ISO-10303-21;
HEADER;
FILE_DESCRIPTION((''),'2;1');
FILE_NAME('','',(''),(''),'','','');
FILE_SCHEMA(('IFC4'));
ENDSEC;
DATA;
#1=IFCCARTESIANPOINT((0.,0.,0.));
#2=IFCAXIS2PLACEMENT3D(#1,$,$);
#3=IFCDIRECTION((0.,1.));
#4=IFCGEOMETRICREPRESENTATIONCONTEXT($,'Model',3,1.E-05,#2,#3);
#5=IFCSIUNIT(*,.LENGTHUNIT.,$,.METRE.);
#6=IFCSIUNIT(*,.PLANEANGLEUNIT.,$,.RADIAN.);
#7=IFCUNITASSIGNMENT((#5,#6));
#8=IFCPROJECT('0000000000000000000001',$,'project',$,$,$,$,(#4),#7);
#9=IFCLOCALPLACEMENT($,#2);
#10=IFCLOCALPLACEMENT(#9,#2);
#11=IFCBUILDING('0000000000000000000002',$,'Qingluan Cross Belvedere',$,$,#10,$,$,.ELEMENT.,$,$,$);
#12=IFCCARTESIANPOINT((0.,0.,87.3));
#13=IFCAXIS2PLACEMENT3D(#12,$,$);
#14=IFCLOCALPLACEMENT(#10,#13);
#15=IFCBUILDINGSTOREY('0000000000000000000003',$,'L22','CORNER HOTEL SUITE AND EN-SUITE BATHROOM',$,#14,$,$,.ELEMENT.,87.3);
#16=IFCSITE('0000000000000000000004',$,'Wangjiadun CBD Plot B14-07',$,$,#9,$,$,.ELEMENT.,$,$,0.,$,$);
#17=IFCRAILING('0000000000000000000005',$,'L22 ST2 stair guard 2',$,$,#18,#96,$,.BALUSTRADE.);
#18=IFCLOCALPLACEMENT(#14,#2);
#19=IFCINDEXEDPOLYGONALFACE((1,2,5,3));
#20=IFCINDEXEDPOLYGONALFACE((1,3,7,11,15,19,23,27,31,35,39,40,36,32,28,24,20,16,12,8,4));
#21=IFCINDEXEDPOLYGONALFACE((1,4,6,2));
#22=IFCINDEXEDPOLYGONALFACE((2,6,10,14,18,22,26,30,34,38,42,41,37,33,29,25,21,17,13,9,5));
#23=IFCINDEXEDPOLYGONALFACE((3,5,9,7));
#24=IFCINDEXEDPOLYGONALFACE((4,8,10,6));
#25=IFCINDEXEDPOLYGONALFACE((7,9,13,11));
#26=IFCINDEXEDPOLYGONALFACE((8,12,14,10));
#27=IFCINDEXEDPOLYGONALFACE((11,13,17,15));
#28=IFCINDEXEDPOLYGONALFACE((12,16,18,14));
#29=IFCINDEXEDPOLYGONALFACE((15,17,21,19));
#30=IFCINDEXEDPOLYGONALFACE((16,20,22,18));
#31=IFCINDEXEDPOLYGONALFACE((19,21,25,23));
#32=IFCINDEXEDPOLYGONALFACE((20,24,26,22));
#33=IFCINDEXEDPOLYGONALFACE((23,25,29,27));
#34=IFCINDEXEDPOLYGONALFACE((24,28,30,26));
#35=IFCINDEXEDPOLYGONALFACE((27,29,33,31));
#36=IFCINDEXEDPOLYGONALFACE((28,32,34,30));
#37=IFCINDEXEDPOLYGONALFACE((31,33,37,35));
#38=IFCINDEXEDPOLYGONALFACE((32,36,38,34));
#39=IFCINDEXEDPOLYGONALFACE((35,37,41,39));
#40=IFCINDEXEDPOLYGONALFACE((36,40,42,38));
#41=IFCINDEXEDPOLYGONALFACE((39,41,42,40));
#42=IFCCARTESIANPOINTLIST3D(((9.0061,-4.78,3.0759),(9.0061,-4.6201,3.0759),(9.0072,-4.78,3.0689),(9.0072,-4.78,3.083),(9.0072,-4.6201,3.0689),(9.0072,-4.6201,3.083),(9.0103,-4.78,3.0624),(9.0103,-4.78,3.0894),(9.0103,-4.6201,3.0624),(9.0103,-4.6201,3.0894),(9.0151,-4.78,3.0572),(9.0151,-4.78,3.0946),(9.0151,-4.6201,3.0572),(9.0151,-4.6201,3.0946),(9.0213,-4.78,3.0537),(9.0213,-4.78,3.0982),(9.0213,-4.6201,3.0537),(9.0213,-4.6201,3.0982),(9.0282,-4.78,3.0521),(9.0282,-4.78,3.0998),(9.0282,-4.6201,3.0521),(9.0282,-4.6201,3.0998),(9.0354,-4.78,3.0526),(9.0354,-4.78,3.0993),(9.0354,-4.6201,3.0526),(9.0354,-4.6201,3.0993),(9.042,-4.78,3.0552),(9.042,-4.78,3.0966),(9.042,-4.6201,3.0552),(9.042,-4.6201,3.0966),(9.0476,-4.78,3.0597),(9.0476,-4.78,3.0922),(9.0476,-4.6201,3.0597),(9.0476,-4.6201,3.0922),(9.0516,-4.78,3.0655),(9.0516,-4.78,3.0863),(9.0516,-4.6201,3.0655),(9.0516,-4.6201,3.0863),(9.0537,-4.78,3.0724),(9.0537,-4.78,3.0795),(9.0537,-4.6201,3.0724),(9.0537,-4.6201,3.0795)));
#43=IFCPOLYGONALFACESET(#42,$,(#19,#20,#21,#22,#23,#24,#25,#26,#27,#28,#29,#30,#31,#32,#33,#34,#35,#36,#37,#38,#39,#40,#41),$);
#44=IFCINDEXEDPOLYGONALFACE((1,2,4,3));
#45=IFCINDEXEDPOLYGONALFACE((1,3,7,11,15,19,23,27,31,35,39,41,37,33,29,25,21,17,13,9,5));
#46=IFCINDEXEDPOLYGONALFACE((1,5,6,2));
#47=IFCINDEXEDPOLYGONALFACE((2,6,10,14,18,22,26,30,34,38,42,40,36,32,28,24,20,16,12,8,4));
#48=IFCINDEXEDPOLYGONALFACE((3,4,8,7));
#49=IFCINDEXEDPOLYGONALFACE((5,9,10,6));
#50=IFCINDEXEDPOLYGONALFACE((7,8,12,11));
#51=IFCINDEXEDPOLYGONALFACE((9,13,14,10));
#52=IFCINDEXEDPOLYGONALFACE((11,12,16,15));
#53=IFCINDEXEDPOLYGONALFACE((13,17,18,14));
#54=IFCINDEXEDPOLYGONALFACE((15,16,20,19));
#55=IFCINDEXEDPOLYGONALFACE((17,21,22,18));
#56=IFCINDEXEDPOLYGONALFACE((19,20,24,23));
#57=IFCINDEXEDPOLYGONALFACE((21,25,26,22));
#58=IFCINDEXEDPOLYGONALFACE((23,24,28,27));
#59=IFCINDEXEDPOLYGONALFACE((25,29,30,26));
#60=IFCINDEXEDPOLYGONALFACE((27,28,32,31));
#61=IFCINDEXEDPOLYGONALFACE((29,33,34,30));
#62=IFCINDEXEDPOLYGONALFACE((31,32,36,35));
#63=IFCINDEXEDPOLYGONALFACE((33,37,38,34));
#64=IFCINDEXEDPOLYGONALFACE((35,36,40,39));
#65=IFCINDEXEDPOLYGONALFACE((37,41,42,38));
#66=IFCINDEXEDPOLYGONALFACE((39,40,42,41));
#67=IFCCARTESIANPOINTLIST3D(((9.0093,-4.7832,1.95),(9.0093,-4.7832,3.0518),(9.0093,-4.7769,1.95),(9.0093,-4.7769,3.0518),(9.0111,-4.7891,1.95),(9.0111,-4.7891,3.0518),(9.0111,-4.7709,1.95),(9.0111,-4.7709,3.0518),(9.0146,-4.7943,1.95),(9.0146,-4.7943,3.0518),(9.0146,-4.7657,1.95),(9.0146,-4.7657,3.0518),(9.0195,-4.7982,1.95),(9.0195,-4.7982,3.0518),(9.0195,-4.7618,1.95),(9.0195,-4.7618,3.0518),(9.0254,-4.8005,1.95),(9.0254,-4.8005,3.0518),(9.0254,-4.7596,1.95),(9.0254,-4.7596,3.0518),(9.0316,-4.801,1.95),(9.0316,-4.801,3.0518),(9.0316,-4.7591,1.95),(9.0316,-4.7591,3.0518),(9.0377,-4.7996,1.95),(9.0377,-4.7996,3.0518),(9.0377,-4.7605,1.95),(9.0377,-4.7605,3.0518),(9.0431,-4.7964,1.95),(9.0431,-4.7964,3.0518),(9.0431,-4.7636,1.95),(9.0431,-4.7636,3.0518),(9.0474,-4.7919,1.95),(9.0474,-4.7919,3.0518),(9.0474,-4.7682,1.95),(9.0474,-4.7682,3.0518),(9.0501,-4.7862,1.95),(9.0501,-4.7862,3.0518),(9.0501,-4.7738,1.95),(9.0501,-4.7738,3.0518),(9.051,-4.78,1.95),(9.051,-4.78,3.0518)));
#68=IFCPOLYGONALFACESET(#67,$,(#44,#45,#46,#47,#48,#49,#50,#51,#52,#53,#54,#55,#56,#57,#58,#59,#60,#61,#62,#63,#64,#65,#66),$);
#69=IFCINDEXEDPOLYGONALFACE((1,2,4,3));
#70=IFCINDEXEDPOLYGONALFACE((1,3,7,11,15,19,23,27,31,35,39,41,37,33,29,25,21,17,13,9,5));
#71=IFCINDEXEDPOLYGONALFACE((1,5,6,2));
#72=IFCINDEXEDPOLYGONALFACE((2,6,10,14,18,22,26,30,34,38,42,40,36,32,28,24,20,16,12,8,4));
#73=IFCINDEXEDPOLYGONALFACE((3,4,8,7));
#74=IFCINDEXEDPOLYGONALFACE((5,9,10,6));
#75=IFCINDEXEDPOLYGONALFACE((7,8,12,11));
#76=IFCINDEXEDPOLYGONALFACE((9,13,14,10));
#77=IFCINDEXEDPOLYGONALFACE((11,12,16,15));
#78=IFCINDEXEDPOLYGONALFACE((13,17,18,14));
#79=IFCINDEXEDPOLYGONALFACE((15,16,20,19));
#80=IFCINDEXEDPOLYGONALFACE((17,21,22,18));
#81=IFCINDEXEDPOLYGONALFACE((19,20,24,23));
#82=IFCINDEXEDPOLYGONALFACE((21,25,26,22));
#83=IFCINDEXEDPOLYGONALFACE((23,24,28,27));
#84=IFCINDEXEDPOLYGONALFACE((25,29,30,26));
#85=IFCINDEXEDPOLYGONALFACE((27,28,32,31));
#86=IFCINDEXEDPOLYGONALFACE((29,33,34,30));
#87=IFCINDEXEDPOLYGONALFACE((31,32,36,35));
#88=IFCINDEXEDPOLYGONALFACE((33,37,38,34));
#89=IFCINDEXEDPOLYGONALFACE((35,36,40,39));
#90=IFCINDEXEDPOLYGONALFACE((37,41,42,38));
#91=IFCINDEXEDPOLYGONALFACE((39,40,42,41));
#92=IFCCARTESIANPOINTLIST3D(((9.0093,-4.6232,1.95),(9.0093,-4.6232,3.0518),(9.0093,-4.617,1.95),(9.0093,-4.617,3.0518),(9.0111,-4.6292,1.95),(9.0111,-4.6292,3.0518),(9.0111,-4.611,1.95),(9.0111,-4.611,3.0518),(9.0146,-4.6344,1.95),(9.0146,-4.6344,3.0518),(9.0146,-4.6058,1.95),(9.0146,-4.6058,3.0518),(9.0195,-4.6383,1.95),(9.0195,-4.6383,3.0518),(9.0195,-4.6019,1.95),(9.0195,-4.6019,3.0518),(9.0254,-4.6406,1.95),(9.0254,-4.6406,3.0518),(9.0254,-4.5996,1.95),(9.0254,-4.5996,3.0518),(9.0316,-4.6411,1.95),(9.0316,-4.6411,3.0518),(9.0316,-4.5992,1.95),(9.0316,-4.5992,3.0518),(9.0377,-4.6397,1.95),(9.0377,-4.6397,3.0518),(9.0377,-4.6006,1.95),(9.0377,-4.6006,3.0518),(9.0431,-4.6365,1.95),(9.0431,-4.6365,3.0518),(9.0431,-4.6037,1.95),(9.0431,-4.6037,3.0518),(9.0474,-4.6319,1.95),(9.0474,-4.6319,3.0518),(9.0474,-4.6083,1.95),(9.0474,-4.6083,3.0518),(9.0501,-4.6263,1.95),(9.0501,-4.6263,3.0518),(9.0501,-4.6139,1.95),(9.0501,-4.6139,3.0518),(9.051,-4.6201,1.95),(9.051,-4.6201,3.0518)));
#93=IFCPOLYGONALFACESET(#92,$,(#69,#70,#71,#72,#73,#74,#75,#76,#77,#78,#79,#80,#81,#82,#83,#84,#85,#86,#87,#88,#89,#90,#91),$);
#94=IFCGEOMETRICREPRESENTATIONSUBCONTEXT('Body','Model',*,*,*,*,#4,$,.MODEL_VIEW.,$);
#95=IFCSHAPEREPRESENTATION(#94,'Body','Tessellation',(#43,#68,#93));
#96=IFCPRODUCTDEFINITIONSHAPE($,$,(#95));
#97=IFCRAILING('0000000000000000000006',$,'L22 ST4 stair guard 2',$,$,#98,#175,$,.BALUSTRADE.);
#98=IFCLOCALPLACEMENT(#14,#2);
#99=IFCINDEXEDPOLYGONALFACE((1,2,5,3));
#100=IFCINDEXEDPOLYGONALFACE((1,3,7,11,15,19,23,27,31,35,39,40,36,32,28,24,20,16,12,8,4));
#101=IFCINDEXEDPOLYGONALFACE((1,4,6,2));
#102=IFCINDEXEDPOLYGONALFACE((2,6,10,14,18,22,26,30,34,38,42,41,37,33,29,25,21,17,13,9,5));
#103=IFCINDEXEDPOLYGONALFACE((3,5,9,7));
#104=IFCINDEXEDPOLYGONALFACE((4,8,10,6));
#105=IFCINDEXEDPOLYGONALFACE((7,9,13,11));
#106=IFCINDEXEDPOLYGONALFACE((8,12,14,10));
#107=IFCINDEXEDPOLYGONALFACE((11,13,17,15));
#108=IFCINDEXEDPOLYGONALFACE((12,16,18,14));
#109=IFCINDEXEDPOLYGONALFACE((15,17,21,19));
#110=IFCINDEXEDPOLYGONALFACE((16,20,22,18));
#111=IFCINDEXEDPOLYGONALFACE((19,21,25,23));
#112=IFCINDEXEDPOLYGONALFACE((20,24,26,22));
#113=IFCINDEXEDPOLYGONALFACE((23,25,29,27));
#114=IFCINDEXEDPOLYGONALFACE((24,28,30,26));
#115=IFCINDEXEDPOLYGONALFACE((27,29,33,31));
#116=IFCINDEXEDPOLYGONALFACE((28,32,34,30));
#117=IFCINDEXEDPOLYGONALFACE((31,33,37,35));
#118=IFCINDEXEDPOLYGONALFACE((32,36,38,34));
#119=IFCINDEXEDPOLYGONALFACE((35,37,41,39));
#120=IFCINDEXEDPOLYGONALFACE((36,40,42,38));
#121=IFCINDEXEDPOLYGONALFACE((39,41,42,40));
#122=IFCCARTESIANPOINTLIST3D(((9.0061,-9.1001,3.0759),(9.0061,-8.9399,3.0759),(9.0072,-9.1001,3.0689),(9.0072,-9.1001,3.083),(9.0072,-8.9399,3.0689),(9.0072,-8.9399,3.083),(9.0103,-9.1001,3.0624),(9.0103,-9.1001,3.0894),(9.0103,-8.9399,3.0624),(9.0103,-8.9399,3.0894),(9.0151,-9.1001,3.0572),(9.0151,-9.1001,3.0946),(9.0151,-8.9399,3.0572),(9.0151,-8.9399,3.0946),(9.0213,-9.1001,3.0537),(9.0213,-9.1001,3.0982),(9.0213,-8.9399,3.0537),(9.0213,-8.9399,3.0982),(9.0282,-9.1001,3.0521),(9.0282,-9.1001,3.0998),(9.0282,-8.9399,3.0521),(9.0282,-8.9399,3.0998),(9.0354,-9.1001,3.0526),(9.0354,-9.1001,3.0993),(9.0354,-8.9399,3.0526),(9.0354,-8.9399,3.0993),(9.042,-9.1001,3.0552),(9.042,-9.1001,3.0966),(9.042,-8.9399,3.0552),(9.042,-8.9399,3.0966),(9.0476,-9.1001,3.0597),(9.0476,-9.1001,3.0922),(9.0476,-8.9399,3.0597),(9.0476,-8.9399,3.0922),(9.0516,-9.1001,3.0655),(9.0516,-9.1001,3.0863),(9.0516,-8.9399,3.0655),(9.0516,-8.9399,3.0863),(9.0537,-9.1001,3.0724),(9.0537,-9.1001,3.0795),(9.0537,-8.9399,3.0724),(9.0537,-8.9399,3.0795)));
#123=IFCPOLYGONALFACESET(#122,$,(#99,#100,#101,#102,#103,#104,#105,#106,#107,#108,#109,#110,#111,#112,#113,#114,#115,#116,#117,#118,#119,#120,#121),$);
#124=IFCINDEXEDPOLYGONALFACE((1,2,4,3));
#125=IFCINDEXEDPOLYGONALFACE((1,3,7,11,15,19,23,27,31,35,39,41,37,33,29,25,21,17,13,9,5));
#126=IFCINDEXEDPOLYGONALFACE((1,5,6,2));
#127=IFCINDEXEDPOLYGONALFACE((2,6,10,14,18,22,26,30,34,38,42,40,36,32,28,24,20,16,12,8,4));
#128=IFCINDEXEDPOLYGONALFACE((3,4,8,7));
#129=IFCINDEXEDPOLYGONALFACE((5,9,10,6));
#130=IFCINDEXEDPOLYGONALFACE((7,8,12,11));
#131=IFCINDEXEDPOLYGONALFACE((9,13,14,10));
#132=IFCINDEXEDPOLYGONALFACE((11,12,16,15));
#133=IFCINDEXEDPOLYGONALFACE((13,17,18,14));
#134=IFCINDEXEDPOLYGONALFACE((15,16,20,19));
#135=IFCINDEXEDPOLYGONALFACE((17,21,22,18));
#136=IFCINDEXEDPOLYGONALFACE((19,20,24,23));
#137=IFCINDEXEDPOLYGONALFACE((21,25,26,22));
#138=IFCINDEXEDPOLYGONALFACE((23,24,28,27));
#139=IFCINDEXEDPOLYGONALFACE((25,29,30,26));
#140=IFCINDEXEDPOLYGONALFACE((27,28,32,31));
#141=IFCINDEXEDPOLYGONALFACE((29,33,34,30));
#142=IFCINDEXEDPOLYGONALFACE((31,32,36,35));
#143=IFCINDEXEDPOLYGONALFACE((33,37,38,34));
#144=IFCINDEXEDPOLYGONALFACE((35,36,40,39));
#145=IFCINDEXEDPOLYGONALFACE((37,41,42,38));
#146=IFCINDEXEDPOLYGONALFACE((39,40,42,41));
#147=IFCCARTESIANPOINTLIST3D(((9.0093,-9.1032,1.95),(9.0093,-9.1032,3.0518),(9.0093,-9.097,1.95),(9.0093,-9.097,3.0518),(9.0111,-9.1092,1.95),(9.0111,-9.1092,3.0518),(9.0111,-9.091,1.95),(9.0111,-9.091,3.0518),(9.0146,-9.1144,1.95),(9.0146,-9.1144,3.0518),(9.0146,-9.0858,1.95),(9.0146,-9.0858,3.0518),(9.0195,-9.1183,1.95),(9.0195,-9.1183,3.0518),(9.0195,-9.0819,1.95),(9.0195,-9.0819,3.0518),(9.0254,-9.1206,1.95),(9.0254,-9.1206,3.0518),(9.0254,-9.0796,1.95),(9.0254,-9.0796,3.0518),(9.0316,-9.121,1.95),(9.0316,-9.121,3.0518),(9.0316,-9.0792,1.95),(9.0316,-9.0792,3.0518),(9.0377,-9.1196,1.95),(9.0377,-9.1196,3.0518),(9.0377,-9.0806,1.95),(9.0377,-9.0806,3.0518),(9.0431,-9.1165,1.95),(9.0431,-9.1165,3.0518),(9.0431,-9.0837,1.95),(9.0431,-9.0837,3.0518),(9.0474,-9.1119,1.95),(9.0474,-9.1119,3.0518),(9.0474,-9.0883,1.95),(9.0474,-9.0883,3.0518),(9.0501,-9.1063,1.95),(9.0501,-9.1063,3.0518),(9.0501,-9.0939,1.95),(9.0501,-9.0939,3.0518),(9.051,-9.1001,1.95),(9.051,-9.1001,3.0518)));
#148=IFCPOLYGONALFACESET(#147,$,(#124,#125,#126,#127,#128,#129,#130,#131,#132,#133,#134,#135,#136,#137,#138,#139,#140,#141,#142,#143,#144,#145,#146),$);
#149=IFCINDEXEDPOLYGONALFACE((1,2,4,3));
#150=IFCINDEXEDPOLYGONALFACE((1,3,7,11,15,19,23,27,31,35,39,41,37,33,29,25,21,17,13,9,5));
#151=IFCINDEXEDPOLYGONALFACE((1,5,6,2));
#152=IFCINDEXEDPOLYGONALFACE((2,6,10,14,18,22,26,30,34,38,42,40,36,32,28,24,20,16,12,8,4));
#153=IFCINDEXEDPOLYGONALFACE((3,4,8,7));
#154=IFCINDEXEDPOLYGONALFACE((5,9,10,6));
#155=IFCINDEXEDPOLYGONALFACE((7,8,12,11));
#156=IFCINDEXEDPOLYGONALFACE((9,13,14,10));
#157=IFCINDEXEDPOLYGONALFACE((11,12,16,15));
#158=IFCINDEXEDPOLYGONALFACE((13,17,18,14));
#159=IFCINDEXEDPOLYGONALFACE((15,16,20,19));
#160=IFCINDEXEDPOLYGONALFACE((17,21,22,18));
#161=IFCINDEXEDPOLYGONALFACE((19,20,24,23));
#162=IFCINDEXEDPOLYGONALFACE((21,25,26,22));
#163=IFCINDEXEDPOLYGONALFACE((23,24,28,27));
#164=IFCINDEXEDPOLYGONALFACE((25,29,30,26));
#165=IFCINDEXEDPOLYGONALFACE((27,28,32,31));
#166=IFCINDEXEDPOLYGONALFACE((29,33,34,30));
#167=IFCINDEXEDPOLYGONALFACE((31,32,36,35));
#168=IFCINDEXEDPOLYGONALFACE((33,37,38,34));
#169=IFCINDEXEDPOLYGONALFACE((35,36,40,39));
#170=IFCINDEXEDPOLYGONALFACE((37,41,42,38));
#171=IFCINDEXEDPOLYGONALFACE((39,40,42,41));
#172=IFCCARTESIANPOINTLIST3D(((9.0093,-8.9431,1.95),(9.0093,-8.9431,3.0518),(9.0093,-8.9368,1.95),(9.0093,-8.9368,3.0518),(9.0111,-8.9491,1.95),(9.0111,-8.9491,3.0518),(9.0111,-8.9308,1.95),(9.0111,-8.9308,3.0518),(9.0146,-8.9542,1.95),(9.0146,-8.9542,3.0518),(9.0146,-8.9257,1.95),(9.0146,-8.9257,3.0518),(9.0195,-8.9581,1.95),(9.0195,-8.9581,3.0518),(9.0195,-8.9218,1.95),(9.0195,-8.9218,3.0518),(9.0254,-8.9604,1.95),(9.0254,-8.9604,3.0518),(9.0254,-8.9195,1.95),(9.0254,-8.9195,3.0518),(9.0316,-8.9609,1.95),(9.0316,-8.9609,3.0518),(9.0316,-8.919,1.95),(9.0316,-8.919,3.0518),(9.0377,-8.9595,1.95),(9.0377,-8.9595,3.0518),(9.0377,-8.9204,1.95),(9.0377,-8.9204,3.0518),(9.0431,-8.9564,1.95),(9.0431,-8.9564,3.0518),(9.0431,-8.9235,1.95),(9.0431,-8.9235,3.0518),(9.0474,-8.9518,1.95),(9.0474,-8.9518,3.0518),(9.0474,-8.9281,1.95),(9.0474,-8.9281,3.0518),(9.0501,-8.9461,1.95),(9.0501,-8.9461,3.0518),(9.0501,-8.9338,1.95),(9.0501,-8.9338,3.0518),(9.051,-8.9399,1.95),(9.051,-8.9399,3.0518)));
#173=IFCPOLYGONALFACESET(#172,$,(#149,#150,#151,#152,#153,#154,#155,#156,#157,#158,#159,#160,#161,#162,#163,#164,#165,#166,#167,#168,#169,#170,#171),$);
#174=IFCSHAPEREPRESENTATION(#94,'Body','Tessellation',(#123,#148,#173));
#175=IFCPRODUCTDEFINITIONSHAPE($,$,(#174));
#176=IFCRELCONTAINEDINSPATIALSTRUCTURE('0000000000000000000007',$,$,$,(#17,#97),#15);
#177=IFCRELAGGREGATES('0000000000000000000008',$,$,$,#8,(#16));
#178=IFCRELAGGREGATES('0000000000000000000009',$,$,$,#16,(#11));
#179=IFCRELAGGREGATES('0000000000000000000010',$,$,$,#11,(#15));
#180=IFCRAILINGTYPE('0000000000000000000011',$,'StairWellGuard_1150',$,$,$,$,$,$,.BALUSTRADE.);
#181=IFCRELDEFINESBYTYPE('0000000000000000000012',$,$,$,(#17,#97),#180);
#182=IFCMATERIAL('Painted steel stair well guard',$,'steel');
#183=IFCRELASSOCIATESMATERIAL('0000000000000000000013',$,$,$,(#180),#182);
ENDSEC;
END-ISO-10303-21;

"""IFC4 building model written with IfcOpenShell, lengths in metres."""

from ifc_helpers import new_model, si_unit, direction, frame, origin, origin_2d, place, context, subcontext, project, spatial, circle, extrude, material, type_object, element, save


model = new_model("IFC4")

# Units and contexts
model_context = context("Model", 3, precision=1e-05, world=origin(), true_north=direction((0.0, 1.0)))
body_context = subcontext(model_context, "Body", "Model", "MODEL_VIEW")
ifc_project = project(units=[si_unit("LENGTHUNIT", "METRE"), si_unit("PLANEANGLEUNIT", "RADIAN")], contexts=[model_context])

# Site, building, storey
site_placement = place(None, origin())
site = spatial("IfcSite", under=ifc_project, at=site_placement, Name="Wangjiadun CBD Plot B14-07", CompositionType="ELEMENT", RefElevation=0.0)
building_placement = place(site_placement, origin())
building = spatial("IfcBuilding", under=site, at=building_placement, Name="Qingluan Cross Belvedere", CompositionType="ELEMENT")
storey_placement = place(building_placement, frame((0.0, 0.0, 87.3)))
storey = spatial("IfcBuildingStorey", under=building, at=storey_placement, Name="L22", Description="CORNER HOTEL SUITE AND EN-SUITE BATHROOM", CompositionType="ELEMENT", Elevation=87.3)

# Railings
ifc_material_1 = material(Name="Painted steel stair well guard", Category="steel")
railing_type_1 = type_object("IfcRailingType", Name="StairWellGuard_1150", PredefinedType="BALUSTRADE", material=ifc_material_1)
railing_1_placement = place(storey_placement, frame((9.03, -4.78, 1.95)))
element("IfcRailing", 1, at=railing_1_placement, inside=storey, type_object=railing_type_1, Name="L22 ST2 stair guard 2", PredefinedType="BALUSTRADE", context=body_context, shape_type="SweptSolid", body=[
    extrude(circle(Radius=0.0239, at=origin_2d()), frame((0.0, 0.0, 1.126), z_axis=(0.0, 1.0, 0.0), x_axis=(-1.0, 0.0, 0.0)), (0.0, 0.0, 1.0), 0.1599),
    extrude(circle(Radius=0.021, at=origin_2d()), origin(), (0.0, 0.0, 1.0), 1.1018),
    extrude(circle(Radius=0.021, at=origin_2d()), frame((0.0, 0.1599, 0.0)), (0.0, 0.0, 1.0), 1.1018),
])
railing_2_placement = place(storey_placement, frame((9.03, -9.1001, 1.95)))
element("IfcRailing", 2, at=railing_2_placement, inside=storey, type_object=railing_type_1, Name="L22 ST4 stair guard 2", PredefinedType="BALUSTRADE", context=body_context, shape_type="SweptSolid", body=[
    extrude(circle(Radius=0.0239, at=origin_2d()), frame((0.0, 0.0, 1.126), z_axis=(0.0, 1.0, 0.0), x_axis=(-1.0, 0.0, 0.0)), (0.0, 0.0, 1.0), 0.1602),
    extrude(circle(Radius=0.021, at=origin_2d()), origin(), (0.0, 0.0, 1.0), 1.1018),
    extrude(circle(Radius=0.021, at=origin_2d()), frame((0.0, 0.1602, 0.0)), (0.0, 0.0, 1.0), 1.1018),
])

save(model, "model.ifc")
